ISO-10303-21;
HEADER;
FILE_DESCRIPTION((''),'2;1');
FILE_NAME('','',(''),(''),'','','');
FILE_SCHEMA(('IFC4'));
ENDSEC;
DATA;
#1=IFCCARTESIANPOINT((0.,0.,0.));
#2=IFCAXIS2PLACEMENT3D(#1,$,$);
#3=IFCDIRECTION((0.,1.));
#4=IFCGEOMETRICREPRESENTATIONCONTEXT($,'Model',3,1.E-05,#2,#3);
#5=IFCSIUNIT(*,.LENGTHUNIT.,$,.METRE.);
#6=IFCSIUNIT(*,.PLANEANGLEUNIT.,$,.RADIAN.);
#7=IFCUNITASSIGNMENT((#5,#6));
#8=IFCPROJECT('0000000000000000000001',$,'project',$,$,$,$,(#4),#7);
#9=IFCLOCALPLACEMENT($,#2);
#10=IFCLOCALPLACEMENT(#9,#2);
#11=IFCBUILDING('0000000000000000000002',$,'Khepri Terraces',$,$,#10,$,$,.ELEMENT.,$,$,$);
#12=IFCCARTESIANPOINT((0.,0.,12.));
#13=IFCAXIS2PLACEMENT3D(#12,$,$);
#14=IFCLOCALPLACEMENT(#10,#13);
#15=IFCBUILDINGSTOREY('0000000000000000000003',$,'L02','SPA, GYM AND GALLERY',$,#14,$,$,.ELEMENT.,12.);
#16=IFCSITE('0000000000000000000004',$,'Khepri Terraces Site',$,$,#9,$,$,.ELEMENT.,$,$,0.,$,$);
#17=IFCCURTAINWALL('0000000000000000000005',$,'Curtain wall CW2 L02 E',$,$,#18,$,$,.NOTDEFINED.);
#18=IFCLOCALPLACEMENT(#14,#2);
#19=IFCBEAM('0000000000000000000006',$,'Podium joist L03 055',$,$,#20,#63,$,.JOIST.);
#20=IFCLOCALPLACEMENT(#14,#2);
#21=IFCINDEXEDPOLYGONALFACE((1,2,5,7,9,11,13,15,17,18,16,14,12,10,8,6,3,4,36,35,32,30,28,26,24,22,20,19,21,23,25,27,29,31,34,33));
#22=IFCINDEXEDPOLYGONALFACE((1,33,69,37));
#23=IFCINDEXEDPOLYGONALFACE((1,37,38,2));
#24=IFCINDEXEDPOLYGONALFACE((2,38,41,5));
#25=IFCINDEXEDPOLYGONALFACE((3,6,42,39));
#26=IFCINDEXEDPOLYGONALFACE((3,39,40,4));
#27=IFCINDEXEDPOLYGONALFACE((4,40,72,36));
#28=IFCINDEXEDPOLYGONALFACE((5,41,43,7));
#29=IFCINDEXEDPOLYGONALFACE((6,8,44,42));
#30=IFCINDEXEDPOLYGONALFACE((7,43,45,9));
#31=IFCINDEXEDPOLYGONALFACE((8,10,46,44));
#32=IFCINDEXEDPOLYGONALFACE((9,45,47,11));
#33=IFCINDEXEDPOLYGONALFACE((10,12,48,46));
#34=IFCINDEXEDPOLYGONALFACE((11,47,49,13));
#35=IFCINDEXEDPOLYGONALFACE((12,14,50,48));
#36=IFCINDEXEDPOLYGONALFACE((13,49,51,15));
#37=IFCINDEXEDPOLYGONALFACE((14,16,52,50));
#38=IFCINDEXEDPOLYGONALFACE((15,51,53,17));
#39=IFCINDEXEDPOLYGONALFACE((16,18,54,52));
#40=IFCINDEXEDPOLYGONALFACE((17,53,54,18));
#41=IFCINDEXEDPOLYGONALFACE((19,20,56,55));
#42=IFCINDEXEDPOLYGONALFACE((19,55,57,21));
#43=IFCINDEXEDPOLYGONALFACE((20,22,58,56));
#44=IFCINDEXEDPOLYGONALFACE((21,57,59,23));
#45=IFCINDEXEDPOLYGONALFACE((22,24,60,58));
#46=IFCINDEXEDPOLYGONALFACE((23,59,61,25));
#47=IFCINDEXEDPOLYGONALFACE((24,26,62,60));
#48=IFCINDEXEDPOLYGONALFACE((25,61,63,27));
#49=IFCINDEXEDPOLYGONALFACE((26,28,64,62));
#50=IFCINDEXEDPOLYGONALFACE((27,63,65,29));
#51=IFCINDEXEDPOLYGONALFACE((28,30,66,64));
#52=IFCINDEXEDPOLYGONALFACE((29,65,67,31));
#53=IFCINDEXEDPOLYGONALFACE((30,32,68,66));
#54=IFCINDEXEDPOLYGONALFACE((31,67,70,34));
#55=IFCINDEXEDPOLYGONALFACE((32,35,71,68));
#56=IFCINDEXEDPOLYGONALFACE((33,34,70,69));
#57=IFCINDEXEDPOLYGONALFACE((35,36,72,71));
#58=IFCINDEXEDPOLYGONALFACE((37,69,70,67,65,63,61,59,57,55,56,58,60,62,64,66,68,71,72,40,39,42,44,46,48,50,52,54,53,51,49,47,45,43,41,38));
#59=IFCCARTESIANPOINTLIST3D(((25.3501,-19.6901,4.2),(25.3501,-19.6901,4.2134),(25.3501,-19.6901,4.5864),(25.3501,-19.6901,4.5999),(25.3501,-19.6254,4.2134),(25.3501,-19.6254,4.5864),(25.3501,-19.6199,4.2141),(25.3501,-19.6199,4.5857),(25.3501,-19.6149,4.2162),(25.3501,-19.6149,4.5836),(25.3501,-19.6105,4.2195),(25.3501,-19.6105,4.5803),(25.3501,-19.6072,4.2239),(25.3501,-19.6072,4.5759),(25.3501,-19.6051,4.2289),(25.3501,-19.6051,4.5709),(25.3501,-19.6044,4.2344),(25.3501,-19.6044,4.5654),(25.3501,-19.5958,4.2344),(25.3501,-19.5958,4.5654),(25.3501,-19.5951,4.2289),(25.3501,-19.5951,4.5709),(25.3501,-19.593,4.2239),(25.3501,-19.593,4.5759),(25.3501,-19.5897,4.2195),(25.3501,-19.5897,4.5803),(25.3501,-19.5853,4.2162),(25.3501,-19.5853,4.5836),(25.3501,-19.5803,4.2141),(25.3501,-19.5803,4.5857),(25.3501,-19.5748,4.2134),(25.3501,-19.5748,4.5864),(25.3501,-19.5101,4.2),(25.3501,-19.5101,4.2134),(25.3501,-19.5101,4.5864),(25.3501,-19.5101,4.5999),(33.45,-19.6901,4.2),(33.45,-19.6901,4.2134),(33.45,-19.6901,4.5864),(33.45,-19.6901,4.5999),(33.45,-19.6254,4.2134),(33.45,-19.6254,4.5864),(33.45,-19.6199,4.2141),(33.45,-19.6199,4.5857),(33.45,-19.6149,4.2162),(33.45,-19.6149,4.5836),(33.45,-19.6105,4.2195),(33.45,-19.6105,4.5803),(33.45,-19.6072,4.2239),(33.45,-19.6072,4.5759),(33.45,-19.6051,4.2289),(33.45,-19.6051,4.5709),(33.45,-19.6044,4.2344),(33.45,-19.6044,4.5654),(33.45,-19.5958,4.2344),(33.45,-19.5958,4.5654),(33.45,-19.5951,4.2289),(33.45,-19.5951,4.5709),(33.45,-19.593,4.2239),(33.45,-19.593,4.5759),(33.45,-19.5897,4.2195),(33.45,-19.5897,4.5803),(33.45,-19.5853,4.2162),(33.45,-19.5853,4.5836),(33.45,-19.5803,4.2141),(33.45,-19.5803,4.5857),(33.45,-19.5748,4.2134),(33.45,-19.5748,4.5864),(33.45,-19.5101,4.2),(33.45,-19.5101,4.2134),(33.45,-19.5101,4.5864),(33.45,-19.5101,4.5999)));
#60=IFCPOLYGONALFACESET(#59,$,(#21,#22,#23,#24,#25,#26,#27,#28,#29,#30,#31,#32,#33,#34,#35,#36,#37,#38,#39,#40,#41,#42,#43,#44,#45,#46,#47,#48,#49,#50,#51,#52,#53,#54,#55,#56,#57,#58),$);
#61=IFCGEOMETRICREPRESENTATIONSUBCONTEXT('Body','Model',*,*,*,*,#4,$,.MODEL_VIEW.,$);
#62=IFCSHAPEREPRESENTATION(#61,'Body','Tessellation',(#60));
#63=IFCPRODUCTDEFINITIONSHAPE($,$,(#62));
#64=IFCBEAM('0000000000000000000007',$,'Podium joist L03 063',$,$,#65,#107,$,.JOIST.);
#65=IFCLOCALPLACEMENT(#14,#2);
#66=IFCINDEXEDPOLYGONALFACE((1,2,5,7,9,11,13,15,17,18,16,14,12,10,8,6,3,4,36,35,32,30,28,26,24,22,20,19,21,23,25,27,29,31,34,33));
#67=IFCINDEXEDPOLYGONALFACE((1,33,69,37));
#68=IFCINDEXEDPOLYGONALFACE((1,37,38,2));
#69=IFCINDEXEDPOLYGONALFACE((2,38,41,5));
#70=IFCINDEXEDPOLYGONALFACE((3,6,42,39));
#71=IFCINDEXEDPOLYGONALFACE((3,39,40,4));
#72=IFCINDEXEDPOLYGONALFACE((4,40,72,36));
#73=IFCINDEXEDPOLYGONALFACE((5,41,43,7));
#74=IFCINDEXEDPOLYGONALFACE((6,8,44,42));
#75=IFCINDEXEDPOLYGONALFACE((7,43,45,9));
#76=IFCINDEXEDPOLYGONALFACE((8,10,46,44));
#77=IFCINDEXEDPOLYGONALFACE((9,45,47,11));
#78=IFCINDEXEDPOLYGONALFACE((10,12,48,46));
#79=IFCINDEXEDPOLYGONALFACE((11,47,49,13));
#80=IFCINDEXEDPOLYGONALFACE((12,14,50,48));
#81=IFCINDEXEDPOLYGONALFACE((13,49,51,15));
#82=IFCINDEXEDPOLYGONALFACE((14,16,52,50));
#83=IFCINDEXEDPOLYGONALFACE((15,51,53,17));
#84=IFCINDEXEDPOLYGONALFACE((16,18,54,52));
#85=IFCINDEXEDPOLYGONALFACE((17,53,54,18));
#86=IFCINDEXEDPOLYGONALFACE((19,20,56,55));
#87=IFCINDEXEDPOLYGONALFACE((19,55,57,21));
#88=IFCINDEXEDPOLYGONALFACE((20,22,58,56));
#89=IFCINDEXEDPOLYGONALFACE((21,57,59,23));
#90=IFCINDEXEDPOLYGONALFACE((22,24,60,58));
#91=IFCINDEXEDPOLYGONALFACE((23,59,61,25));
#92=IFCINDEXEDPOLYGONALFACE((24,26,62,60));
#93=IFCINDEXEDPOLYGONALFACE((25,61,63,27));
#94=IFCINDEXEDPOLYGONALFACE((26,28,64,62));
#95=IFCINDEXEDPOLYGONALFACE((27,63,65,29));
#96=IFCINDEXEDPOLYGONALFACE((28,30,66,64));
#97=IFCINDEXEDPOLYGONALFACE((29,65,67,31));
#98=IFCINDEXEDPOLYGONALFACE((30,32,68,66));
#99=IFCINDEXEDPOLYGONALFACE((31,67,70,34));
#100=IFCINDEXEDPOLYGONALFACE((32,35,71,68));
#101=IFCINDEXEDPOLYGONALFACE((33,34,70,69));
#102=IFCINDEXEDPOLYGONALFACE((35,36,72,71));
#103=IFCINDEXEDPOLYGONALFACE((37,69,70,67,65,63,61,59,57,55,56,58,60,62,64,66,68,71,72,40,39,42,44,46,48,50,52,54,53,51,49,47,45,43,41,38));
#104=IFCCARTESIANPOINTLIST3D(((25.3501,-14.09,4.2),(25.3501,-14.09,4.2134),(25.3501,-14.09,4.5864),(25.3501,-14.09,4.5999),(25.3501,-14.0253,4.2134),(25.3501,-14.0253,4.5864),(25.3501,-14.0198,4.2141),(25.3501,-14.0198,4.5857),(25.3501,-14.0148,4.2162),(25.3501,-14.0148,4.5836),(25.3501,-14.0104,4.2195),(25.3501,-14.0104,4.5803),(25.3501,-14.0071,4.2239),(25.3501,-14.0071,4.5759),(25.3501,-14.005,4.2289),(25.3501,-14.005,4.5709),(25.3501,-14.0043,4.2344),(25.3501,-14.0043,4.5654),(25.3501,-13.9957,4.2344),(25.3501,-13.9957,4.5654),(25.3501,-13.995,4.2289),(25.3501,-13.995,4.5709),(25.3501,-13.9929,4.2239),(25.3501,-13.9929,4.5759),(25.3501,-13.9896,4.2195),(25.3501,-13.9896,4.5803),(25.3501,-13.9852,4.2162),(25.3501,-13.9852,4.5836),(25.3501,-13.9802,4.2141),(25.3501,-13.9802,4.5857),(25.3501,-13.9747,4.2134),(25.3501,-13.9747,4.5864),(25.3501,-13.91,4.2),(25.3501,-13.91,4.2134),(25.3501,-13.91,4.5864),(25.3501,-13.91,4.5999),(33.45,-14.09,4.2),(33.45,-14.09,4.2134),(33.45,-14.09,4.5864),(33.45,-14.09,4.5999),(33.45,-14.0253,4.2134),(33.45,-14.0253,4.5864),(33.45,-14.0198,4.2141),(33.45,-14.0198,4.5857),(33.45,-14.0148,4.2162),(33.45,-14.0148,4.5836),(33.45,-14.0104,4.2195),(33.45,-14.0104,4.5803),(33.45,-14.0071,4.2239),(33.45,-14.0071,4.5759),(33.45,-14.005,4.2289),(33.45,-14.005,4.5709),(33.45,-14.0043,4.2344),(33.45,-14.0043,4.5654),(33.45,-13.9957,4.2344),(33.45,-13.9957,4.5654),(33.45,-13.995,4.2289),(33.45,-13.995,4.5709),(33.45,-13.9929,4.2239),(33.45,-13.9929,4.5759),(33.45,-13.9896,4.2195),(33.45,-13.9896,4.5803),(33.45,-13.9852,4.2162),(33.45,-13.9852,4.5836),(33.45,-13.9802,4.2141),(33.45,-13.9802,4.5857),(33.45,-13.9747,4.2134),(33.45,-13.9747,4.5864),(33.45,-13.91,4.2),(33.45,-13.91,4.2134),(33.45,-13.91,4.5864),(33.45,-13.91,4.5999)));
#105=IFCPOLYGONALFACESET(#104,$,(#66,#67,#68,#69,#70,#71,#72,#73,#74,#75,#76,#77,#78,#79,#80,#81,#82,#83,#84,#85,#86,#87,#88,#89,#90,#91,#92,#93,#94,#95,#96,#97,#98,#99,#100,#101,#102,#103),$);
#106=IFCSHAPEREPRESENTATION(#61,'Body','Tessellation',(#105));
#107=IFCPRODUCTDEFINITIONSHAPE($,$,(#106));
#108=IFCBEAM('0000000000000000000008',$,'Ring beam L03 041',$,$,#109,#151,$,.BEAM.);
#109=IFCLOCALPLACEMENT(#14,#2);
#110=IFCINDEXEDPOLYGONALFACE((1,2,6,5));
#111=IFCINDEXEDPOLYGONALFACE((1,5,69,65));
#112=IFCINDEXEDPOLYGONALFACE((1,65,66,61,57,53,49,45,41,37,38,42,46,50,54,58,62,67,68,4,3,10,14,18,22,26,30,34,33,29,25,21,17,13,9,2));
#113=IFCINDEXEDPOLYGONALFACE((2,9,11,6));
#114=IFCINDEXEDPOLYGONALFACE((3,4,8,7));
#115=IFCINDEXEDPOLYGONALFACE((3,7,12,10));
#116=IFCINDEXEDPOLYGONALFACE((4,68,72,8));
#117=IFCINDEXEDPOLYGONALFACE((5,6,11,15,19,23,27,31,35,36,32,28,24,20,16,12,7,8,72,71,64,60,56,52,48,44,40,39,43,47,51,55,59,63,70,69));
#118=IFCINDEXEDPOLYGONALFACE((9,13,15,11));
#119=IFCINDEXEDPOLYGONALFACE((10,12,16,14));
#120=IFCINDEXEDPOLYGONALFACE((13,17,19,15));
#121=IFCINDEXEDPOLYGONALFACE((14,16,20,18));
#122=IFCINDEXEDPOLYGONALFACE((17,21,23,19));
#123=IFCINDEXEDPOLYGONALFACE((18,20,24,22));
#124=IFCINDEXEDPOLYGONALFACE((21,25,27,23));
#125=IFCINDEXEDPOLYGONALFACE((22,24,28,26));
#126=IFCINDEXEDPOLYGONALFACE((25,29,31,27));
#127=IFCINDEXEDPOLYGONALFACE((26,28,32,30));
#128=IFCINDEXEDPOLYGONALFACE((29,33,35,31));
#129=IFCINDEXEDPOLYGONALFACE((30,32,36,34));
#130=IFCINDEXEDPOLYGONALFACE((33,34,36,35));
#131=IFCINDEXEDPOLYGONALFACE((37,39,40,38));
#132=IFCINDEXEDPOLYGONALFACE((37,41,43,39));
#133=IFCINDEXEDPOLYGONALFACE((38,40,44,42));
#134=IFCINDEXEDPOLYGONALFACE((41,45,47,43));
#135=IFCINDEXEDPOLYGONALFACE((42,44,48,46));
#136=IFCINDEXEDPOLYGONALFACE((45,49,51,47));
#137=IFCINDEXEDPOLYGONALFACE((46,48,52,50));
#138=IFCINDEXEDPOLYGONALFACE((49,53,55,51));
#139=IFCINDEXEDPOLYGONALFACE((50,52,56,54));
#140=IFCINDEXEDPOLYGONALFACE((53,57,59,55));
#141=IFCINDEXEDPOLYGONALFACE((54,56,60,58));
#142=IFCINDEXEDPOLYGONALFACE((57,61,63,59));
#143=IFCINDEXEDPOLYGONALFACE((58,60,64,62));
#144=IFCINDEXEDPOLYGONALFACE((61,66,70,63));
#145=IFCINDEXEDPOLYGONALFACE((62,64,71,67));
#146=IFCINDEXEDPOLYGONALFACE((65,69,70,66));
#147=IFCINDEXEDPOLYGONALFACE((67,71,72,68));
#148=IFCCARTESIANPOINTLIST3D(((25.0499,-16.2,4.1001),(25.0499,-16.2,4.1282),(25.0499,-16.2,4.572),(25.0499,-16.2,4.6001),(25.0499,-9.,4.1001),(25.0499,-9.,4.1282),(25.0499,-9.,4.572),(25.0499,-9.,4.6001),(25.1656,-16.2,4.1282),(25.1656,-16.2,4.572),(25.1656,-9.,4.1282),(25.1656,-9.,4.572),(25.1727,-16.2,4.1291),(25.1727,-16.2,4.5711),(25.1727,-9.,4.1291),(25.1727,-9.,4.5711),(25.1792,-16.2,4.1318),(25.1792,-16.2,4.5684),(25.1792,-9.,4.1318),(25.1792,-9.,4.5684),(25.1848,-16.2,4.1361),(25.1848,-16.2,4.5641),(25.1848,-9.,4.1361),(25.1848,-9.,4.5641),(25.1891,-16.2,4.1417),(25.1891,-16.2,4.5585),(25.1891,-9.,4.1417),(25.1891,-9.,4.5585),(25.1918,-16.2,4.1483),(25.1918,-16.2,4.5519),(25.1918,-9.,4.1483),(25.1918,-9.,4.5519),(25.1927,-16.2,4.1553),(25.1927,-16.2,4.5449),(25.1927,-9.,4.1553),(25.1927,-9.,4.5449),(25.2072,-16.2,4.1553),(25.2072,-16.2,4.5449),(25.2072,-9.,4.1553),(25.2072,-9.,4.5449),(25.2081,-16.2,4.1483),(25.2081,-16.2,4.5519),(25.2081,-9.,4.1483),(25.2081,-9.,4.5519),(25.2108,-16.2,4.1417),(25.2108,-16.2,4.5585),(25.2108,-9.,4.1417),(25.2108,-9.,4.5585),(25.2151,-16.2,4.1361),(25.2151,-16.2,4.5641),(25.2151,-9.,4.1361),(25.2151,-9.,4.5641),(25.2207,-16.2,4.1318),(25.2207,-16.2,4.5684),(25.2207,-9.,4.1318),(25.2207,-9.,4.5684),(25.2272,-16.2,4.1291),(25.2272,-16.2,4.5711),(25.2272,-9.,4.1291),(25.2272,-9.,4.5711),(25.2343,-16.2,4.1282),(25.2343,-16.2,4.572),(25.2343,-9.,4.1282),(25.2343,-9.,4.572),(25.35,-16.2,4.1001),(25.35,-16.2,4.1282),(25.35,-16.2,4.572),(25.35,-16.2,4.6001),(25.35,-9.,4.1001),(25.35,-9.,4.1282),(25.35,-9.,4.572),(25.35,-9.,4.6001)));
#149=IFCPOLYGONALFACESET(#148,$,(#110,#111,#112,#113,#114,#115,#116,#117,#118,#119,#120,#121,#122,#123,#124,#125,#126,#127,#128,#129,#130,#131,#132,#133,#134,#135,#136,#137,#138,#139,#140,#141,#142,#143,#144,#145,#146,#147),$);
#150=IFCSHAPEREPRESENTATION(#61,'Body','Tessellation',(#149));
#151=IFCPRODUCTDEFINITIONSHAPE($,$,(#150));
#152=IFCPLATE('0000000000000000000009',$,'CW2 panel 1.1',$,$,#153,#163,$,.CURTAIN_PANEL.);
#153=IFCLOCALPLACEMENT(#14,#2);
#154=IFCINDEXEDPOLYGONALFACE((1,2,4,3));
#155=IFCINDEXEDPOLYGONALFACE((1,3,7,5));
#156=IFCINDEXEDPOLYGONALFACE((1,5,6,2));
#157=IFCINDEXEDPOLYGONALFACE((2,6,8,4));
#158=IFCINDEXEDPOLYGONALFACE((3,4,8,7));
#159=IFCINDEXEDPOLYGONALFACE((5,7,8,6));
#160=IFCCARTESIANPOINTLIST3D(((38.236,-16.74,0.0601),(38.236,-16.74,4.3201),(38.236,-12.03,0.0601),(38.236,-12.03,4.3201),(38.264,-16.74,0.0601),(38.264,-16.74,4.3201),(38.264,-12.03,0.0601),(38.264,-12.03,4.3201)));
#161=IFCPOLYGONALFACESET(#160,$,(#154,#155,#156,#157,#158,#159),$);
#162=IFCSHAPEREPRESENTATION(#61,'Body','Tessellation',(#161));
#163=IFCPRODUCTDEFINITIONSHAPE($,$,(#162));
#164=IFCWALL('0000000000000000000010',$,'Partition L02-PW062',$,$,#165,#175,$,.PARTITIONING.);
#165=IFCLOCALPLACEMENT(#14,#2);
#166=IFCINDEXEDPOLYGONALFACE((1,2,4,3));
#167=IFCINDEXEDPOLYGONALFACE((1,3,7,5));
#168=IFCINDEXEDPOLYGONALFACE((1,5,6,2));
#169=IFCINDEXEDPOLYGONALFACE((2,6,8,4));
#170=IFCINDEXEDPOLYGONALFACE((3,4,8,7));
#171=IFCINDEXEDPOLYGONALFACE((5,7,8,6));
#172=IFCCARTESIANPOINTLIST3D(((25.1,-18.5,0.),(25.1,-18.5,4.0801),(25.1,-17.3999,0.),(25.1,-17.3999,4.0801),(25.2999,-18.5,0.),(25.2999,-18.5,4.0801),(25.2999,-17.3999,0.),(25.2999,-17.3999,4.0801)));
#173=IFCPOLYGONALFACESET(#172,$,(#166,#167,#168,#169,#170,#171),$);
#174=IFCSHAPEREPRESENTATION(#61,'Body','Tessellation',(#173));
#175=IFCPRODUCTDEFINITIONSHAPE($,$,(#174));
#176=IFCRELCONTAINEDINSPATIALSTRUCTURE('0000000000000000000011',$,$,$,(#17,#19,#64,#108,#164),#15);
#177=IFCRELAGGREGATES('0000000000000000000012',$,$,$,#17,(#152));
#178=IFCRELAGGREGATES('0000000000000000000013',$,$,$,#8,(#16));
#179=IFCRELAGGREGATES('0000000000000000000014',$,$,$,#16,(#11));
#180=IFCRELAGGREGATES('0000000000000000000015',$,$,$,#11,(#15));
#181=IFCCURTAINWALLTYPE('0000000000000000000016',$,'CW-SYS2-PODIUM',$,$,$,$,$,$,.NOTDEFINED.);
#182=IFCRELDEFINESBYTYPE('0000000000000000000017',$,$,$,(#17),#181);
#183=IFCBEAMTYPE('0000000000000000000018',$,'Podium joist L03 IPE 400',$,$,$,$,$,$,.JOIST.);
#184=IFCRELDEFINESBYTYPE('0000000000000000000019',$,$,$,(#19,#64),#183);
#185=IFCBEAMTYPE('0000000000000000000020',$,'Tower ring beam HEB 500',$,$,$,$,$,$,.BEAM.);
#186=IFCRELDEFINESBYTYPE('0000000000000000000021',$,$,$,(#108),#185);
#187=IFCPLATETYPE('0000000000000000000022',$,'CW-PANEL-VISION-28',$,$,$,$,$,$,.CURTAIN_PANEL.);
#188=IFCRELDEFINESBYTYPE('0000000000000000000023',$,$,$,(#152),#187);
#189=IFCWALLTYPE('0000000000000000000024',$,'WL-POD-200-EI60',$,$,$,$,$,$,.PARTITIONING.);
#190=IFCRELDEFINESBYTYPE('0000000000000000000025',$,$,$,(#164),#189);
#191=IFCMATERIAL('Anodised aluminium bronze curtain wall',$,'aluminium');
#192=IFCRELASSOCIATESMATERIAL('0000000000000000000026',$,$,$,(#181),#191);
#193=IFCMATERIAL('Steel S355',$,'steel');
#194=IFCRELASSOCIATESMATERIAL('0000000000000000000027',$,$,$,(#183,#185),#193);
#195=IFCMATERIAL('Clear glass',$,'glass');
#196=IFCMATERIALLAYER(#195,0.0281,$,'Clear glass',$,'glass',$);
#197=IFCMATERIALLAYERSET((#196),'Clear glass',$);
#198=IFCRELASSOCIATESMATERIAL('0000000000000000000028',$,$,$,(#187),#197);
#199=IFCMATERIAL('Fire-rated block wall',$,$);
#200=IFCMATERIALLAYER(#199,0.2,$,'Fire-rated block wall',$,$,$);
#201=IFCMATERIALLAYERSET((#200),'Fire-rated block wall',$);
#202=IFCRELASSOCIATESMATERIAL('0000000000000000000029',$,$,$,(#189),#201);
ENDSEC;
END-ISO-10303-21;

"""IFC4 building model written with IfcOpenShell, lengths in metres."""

from ifc_helpers import new_model, si_unit, direction, frame, frame_2d, origin, origin_2d, place, context, subcontext, project, spatial, rectangle, i_section, extrude, material, layer, layer_set, material_profile, profile_set, type_object, element, aggregate, save


model = new_model("IFC4")

# Units and contexts
model_context = context("Model", 3, precision=1e-05, world=origin(), true_north=direction((0.0, 1.0)))
body_context = subcontext(model_context, "Body", "Model", "MODEL_VIEW")
ifc_project = project(units=[si_unit("LENGTHUNIT", "METRE"), si_unit("PLANEANGLEUNIT", "RADIAN")], contexts=[model_context])

# Site, building, storey
site_placement = place(None, origin())
site = spatial("IfcSite", under=ifc_project, at=site_placement, Name="Khepri Terraces Site", CompositionType="ELEMENT", RefElevation=0.0)
building_placement = place(site_placement, origin())
building = spatial("IfcBuilding", under=site, at=building_placement, Name="Khepri Terraces", CompositionType="ELEMENT")
storey_placement = place(building_placement, frame((0.0, 0.0, 12.0)))
storey = spatial("IfcBuildingStorey", under=building, at=storey_placement, Name="L02", Description="SPA, GYM AND GALLERY", CompositionType="ELEMENT", Elevation=12.0)

# Curtain wall
ifc_material_1 = material(Name="Anodised aluminium bronze curtain wall", Category="aluminium")
curtain_wall_type = type_object("IfcCurtainWallType", Name="CW-SYS2-PODIUM", PredefinedType="NOTDEFINED", material=ifc_material_1)
curtain_wall_placement = place(storey_placement, origin())
curtain_wall = element("IfcCurtainWall", 1, at=curtain_wall_placement, inside=storey, type_object=curtain_wall_type, Name="Curtain wall CW2 L02 E", PredefinedType="NOTDEFINED")

# Beams
ifc_material_2 = material(Name="Steel S355", Category="steel")
ifc_material_profile_1 = material_profile(ifc_material_2, i_section(OverallWidth=0.1799, OverallDepth=0.3999, WebThickness=0.0085, FlangeThickness=0.0134, FilletRadius=0.021, at=origin_2d()), Name="Steel S355", Category="steel")
ifc_profile_set_1 = profile_set([ifc_material_profile_1], Name="Steel S355")
beam_type_1 = type_object("IfcBeamType", Name="Podium joist L03 IPE 400", PredefinedType="JOIST", material=ifc_profile_set_1)
for number, where, z_axis, x_axis, name in (
    (2, (25.3501, -19.6001, 4.3999), (1.0, 0.0, 0.0), (0.0, 1.0, 0.0), "Podium joist L03 055"),
    (3, (25.3501, -14.0, 4.3999), (1.0, 0.0, 0.0), (0.0, 1.0, 0.0), "Podium joist L03 063"),
):
    element("IfcBeam", number, at=place(storey_placement, frame(where, z_axis=z_axis, x_axis=x_axis)), inside=storey, type_object=beam_type_1, Name=name, PredefinedType="JOIST", context=body_context, shape_type="SweptSolid", body=[
        extrude(i_section(OverallWidth=0.1799, OverallDepth=0.3999, WebThickness=0.0085, FlangeThickness=0.0134, FilletRadius=0.021, at=origin_2d()), origin(), (0.0, 0.0, 1.0), 8.0999),
    ])
ifc_material_profile_2 = material_profile(ifc_material_2, i_section(OverallWidth=0.3, OverallDepth=0.5, WebThickness=0.0144, FlangeThickness=0.0281, FilletRadius=0.0271, at=origin_2d()), Name="Steel S355", Category="steel")
ifc_profile_set_2 = profile_set([ifc_material_profile_2], Name="Steel S355")
beam_type_2 = type_object("IfcBeamType", Name="Tower ring beam HEB 500", PredefinedType="BEAM", material=ifc_profile_set_2)
beam_1_placement = place(storey_placement, frame((25.2, -16.2, 4.3501), z_axis=(0.0, 1.0, 0.0), x_axis=(-1.0, 0.0, 0.0)))
element("IfcBeam", 4, at=beam_1_placement, inside=storey, type_object=beam_type_2, Name="Ring beam L03 041", PredefinedType="BEAM", context=body_context, shape_type="SweptSolid", body=[
    extrude(i_section(OverallWidth=0.3, OverallDepth=0.5, WebThickness=0.0144, FlangeThickness=0.0281, FilletRadius=0.0271, at=origin_2d()), origin(), (0.0, 0.0, 1.0), 7.2),
])

# Plate
ifc_material_3 = material(Name="Clear glass", Category="glass")
ifc_layer_1 = layer(ifc_material_3, 0.0281, Name="Clear glass", Category="glass")
ifc_layer_set_1 = layer_set([ifc_layer_1], Name="Clear glass")
plate_type = type_object("IfcPlateType", Name="CW-PANEL-VISION-28", PredefinedType="CURTAIN_PANEL", material=ifc_layer_set_1)
plate_placement = place(storey_placement, frame((38.25, -14.385, 0.0601), z_axis=(0.0, 0.0, 1.0), x_axis=(0.0, 1.0, 0.0)))
plate = element("IfcPlate", 5, at=plate_placement, type_object=plate_type, Name="CW2 panel 1.1", PredefinedType="CURTAIN_PANEL", context=body_context, shape_type="SweptSolid", body=[
    extrude(rectangle(XDim=4.71, YDim=0.0281, at=origin_2d()), origin(), (0.0, 0.0, 1.0), 4.26),
])
aggregate(curtain_wall, [plate])

# Wall
ifc_material_4 = material(Name="Fire-rated block wall")
ifc_layer_2 = layer(ifc_material_4, 0.2, Name="Fire-rated block wall")
ifc_layer_set_2 = layer_set([ifc_layer_2], Name="Fire-rated block wall")
wall_type = type_object("IfcWallType", Name="WL-POD-200-EI60", PredefinedType="PARTITIONING", material=ifc_layer_set_2)
wall_1_placement = place(storey_placement, frame((25.2, -18.5, 0.0), z_axis=(0.0, 0.0, 1.0), x_axis=(0.0, 1.0, 0.0)))
element("IfcWall", 6, at=wall_1_placement, inside=storey, type_object=wall_type, Name="Partition L02-PW062", PredefinedType="PARTITIONING", context=body_context, shape_type="SweptSolid", body=[
    extrude(rectangle(XDim=1.1001, YDim=0.2, at=frame_2d((0.55, 0.0))), origin(), (0.0, 0.0, 1.0), 4.0801),
])

save(model, "model.ifc")
